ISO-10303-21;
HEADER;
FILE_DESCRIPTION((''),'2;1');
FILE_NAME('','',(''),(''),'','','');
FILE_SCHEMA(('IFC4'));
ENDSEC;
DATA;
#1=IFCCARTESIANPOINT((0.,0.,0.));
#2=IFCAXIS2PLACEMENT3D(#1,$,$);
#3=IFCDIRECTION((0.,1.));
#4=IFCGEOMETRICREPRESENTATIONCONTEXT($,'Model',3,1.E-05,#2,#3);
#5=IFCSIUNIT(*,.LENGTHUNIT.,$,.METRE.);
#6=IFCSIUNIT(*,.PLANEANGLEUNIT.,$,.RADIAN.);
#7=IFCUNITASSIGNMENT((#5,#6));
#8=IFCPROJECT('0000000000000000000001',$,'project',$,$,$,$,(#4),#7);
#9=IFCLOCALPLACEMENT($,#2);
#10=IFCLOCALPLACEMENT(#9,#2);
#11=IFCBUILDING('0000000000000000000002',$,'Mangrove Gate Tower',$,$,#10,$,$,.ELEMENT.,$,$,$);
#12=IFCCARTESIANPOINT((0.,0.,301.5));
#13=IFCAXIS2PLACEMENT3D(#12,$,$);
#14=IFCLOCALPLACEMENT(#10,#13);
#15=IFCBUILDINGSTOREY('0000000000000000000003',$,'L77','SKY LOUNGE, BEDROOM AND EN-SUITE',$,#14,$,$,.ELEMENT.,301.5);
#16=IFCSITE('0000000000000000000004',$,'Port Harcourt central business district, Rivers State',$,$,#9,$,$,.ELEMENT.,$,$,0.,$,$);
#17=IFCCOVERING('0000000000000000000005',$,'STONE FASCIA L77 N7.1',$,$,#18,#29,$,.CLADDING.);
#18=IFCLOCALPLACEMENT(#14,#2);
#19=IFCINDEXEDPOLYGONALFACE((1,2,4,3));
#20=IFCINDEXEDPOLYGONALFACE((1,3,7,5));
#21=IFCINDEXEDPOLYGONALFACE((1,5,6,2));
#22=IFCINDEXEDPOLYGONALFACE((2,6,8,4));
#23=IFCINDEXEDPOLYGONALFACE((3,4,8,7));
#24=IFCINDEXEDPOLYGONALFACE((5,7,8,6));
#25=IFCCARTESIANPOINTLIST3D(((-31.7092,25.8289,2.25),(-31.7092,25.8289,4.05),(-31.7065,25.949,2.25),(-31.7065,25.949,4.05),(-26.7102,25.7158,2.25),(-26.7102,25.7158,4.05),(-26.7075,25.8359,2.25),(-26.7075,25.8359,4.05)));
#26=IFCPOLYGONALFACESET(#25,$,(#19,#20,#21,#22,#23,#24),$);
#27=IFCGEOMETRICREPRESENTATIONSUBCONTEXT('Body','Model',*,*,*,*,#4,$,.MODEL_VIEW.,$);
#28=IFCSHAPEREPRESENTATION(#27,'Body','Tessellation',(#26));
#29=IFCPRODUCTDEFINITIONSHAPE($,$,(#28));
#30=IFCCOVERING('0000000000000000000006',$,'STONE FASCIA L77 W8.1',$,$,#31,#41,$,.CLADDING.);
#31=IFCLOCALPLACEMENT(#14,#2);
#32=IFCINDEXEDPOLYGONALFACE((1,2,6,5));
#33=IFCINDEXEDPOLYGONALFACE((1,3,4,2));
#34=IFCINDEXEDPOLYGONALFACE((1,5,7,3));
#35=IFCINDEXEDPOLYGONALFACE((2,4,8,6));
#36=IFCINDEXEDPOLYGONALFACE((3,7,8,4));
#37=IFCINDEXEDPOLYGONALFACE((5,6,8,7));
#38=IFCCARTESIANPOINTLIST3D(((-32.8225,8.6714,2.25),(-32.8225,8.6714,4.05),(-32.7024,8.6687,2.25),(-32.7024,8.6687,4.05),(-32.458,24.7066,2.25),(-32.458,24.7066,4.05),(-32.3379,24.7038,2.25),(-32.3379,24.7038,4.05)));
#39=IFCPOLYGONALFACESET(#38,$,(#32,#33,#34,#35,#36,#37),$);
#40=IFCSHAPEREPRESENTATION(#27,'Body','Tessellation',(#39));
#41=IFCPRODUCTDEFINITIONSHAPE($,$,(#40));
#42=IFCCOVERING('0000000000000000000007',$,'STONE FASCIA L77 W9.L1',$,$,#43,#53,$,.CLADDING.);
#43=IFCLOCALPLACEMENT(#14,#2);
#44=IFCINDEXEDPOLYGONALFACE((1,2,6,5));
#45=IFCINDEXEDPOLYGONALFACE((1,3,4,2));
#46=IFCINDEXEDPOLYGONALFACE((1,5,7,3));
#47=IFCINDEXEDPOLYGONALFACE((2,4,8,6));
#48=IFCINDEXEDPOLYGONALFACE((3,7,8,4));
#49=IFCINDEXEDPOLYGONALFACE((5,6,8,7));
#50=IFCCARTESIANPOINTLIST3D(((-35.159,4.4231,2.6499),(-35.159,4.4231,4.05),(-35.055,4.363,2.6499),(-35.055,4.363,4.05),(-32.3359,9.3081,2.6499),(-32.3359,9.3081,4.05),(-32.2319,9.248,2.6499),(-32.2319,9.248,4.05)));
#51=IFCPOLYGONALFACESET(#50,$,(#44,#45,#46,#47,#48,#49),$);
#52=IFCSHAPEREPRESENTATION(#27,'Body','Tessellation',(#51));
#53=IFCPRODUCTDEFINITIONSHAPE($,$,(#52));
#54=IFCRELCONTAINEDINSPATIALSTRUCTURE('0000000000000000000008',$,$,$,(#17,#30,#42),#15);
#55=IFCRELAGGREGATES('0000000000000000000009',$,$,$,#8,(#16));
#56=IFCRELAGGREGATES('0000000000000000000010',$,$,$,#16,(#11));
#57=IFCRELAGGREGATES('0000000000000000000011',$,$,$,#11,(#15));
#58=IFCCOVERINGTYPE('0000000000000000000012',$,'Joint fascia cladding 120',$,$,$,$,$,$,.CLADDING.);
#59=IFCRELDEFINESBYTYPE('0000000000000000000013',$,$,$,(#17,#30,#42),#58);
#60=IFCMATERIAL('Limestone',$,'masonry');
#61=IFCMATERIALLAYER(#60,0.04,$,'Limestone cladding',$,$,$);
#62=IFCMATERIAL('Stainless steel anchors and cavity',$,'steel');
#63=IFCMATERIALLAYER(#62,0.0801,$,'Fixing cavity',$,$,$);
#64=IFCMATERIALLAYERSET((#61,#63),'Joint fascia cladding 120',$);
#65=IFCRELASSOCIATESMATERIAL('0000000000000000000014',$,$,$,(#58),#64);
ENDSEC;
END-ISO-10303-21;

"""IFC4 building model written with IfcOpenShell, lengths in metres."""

from ifc_helpers import new_model, si_unit, direction, frame, frame_2d, origin, place, context, subcontext, project, spatial, rectangle, extrude, material, layer, layer_set, type_object, element, save


model = new_model("IFC4")

# Units and contexts
model_context = context("Model", 3, precision=1e-05, world=origin(), true_north=direction((0.0, 1.0)))
body_context = subcontext(model_context, "Body", "Model", "MODEL_VIEW")
ifc_project = project(units=[si_unit("LENGTHUNIT", "METRE"), si_unit("PLANEANGLEUNIT", "RADIAN")], contexts=[model_context])

# Site, building, storey
site_placement = place(None, origin())
site = spatial("IfcSite", under=ifc_project, at=site_placement, Name="Port Harcourt central business district, Rivers State", CompositionType="ELEMENT", RefElevation=0.0)
building_placement = place(site_placement, origin())
building = spatial("IfcBuilding", under=site, at=building_placement, Name="Mangrove Gate Tower", CompositionType="ELEMENT")
storey_placement = place(building_placement, frame((0.0, 0.0, 301.5)))
storey = spatial("IfcBuildingStorey", under=building, at=storey_placement, Name="L77", Description="SKY LOUNGE, BEDROOM AND EN-SUITE", CompositionType="ELEMENT", Elevation=301.5)

# Shared definitions
ifc_material_1 = material(Name="Limestone", Category="masonry")

# Coverings
ifc_layer_1 = layer(ifc_material_1, 0.04, Name="Limestone cladding")
ifc_material_2 = material(Name="Stainless steel anchors and cavity", Category="steel")
ifc_layer_2 = layer(ifc_material_2, 0.0801, Name="Fixing cavity")
ifc_layer_set_1 = layer_set([ifc_layer_1, ifc_layer_2], Name="Joint fascia cladding 120")
covering_type = type_object("IfcCoveringType", Name="Joint fascia cladding 120", PredefinedType="CLADDING", material=ifc_layer_set_1)
covering_1_placement = place(storey_placement, frame((-26.709, 25.7759, 2.25), z_axis=(0.0, 0.0, 1.0), x_axis=(-0.999744, 0.022606, 0.0)))
element("IfcCovering", 1, at=covering_1_placement, inside=storey, type_object=covering_type, Name="STONE FASCIA L77 N7.1", PredefinedType="CLADDING", context=body_context, shape_type="SweptSolid", body=[
    extrude(rectangle(XDim=5.0002, YDim=0.1201, at=frame_2d((2.5, 0.0))), origin(), (0.0, 0.0, 1.0), 1.8),
])
covering_2_placement = place(storey_placement, frame((-32.3979, 24.7051, 2.25), z_axis=(0.0, 0.0, 1.0), x_axis=(-0.022726, -0.999742, 0.0)))
element("IfcCovering", 2, at=covering_2_placement, inside=storey, type_object=covering_type, Name="STONE FASCIA L77 W8.1", PredefinedType="CLADDING", context=body_context, shape_type="SweptSolid", body=[
    extrude(rectangle(XDim=16.0393, YDim=0.1201, at=frame_2d((8.0195, 0.0))), origin(), (0.0, 0.0, 1.0), 1.8),
])
covering_3_placement = place(storey_placement, frame((-32.2839, 9.2781, 2.6499), z_axis=(0.0, 0.0, 1.0), x_axis=(-0.50035, -0.865823, 0.0)))
element("IfcCovering", 3, at=covering_3_placement, inside=storey, type_object=covering_type, Name="STONE FASCIA L77 W9.L1", PredefinedType="CLADDING", context=body_context, shape_type="SweptSolid", body=[
    extrude(rectangle(XDim=5.6421, YDim=0.1201, at=frame_2d((2.821, 0.0))), origin(), (0.0, 0.0, 1.0), 1.4001),
])

save(model, "model.ifc")
